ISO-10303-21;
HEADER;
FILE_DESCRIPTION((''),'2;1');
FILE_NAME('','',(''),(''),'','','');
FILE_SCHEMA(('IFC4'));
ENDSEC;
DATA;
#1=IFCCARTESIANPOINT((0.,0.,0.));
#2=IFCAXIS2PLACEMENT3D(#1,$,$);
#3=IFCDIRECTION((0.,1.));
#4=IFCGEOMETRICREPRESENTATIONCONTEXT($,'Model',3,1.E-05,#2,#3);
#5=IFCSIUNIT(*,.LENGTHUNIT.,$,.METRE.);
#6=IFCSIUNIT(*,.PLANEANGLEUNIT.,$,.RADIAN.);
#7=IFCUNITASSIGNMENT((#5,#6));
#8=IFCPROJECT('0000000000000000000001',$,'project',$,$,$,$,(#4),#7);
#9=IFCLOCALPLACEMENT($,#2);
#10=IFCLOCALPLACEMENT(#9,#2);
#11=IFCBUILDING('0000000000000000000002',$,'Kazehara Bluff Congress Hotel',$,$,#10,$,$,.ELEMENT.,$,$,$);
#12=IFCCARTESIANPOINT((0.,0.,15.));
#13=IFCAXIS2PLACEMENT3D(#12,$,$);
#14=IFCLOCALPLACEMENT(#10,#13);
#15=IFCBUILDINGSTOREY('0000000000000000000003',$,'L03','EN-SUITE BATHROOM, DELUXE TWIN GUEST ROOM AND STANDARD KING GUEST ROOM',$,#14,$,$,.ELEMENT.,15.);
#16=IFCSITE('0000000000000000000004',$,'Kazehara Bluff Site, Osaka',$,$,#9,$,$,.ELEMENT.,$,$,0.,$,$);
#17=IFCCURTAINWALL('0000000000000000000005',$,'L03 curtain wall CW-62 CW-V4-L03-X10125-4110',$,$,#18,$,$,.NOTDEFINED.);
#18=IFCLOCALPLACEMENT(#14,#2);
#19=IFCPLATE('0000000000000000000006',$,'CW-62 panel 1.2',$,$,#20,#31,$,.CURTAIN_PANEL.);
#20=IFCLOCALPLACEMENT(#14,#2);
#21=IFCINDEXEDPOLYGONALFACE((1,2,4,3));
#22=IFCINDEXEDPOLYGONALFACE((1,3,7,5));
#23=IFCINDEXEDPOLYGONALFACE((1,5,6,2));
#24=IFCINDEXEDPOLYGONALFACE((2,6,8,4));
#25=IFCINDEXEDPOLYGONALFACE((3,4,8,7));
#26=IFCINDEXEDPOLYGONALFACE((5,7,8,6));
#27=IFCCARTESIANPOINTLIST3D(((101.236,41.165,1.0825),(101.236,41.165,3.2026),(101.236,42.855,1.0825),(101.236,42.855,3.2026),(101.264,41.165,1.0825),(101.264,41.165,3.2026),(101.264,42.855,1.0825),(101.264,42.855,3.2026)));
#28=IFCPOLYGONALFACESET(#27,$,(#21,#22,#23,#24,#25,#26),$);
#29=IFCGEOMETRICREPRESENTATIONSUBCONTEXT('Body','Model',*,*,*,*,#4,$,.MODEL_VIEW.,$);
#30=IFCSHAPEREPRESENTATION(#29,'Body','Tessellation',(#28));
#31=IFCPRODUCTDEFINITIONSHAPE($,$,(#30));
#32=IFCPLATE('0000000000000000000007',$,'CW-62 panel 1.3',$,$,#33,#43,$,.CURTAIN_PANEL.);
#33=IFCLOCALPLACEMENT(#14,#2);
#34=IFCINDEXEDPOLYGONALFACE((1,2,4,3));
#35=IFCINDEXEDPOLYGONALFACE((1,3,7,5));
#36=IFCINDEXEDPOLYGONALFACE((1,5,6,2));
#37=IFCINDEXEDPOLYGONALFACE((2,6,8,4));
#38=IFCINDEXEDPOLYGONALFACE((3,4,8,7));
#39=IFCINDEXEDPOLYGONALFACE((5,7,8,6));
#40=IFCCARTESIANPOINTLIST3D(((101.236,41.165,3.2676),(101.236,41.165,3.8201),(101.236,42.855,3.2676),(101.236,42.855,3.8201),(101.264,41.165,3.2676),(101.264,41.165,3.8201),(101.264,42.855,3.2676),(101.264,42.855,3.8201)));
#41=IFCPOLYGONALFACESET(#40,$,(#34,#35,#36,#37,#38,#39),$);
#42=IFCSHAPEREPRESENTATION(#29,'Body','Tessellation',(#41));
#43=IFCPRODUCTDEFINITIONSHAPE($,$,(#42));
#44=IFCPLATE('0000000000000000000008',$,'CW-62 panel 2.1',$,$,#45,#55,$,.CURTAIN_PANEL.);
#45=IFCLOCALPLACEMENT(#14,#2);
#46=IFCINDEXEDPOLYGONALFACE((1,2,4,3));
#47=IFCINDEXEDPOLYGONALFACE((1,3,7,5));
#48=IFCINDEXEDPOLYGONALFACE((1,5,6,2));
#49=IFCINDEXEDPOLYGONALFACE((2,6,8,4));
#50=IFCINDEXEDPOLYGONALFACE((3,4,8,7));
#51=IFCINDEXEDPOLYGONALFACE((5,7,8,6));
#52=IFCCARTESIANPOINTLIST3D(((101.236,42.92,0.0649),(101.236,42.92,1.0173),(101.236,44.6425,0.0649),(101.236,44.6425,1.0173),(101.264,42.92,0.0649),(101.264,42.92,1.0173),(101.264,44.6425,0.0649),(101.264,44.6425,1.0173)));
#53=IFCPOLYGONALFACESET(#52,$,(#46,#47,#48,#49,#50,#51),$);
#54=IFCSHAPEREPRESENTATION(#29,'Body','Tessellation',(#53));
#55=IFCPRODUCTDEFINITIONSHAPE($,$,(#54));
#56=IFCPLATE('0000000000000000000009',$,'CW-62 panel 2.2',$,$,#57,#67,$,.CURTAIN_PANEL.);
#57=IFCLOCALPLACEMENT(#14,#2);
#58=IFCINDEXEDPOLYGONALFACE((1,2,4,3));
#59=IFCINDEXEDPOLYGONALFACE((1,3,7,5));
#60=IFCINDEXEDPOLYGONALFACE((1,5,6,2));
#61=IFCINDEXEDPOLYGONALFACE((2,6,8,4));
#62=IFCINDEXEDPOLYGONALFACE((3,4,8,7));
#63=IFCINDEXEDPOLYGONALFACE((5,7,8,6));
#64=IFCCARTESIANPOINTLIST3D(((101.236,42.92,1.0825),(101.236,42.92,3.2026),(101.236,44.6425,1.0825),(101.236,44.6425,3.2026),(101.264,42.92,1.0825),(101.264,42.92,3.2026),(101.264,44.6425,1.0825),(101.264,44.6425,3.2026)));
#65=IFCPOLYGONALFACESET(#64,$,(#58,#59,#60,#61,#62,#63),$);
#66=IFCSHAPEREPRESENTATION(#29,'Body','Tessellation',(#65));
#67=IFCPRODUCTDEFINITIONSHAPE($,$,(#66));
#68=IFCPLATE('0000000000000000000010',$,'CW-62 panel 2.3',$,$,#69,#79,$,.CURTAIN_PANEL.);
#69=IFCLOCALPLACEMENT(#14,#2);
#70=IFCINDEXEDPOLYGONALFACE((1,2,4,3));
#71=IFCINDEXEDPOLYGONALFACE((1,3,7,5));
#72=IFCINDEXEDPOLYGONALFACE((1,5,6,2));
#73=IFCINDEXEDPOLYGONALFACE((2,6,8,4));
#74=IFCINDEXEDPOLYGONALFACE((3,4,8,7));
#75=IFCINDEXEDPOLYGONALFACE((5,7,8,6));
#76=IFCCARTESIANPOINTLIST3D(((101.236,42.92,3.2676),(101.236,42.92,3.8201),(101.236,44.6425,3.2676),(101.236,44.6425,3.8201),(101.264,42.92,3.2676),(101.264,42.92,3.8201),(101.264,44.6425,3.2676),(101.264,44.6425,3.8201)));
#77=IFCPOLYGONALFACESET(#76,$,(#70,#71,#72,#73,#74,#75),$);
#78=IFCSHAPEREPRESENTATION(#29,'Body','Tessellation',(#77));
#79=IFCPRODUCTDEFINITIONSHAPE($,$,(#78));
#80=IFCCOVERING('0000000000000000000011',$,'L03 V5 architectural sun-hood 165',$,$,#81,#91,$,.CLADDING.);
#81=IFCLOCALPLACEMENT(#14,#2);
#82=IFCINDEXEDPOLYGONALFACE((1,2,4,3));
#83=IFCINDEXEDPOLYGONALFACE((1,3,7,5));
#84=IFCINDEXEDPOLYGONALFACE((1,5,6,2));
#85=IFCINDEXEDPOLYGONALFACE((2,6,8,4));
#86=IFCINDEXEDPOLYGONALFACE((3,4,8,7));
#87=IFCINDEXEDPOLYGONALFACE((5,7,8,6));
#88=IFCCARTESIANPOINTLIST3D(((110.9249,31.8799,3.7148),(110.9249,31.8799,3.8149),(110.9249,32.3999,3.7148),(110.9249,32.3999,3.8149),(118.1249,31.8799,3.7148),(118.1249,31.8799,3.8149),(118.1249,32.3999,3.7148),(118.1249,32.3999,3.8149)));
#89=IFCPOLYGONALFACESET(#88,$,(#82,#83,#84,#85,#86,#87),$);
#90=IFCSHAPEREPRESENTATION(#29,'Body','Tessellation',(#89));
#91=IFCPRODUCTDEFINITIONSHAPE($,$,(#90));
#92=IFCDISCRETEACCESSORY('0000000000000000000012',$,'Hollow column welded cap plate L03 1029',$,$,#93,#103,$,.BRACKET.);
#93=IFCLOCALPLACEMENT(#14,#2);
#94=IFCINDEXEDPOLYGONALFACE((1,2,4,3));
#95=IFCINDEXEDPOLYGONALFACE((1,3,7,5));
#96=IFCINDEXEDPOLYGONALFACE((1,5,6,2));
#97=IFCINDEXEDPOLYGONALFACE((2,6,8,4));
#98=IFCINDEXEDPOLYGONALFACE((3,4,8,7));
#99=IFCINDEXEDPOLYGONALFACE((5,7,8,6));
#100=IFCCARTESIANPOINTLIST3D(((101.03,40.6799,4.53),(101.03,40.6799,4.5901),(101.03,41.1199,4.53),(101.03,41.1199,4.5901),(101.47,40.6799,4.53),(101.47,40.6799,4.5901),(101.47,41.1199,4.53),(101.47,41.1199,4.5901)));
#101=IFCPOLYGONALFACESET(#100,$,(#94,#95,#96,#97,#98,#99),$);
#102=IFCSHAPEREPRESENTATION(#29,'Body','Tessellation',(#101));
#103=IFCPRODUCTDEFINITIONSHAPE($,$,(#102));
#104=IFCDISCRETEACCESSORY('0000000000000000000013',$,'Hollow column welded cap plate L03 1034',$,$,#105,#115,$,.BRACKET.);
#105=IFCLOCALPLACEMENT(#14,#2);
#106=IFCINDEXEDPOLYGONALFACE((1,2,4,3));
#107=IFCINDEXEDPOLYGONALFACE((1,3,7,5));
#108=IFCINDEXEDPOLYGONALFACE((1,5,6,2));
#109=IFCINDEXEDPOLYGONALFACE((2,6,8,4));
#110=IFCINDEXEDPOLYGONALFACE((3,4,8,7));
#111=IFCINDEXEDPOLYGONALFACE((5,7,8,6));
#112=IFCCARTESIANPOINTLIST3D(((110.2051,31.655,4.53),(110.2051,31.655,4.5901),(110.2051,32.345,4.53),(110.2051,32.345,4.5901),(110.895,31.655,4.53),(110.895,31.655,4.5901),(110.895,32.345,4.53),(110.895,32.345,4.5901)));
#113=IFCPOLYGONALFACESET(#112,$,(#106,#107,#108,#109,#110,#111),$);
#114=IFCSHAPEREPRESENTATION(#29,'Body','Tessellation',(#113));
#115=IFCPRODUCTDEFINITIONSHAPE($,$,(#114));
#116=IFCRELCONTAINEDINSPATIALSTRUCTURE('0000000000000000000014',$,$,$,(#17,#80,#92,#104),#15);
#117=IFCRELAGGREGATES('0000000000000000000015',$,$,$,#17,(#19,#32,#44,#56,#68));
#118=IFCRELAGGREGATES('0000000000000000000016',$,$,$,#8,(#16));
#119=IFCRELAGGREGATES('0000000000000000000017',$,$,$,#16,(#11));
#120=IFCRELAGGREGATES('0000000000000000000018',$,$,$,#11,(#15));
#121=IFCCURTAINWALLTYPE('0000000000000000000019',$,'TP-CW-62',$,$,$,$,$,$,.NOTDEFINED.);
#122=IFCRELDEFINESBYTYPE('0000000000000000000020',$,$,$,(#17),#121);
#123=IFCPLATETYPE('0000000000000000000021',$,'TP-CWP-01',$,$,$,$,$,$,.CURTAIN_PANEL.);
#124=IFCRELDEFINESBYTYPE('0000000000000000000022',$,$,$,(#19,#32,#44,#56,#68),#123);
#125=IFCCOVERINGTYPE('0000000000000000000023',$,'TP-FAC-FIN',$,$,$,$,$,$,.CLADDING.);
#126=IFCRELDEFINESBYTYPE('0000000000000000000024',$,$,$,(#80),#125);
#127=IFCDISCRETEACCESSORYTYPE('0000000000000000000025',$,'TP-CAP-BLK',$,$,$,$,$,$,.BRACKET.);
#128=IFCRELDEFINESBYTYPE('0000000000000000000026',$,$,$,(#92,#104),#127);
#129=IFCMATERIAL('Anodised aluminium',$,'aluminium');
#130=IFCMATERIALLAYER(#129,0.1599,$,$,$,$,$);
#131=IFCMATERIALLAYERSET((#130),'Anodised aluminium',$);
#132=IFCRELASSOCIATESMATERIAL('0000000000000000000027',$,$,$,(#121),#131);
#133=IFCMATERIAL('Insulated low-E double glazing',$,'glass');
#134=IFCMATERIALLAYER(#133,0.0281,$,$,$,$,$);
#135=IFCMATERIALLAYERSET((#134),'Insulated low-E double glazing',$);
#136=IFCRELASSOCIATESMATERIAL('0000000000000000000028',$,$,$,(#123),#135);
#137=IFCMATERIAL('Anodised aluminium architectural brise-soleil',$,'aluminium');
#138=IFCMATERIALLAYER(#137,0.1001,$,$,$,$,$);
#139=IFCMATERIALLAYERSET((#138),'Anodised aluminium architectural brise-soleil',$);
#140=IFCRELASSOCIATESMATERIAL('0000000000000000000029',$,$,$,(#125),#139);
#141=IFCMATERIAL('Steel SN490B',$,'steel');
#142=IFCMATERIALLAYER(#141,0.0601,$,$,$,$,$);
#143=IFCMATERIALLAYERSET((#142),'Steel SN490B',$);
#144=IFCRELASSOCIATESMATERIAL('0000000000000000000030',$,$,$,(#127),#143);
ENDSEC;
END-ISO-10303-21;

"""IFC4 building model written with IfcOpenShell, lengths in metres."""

from ifc_helpers import new_model, si_unit, direction, frame, origin, origin_2d, place, context, subcontext, project, spatial, rectangle, extrude, material, layer, layer_set, type_object, element, aggregate, save


model = new_model("IFC4")

# Units and contexts
model_context = context("Model", 3, precision=1e-05, world=origin(), true_north=direction((0.0, 1.0)))
body_context = subcontext(model_context, "Body", "Model", "MODEL_VIEW")
ifc_project = project(units=[si_unit("LENGTHUNIT", "METRE"), si_unit("PLANEANGLEUNIT", "RADIAN")], contexts=[model_context])

# Site, building, storey
site_placement = place(None, origin())
site = spatial("IfcSite", under=ifc_project, at=site_placement, Name="Kazehara Bluff Site, Osaka", CompositionType="ELEMENT", RefElevation=0.0)
building_placement = place(site_placement, origin())
building = spatial("IfcBuilding", under=site, at=building_placement, Name="Kazehara Bluff Congress Hotel", CompositionType="ELEMENT")
storey_placement = place(building_placement, frame((0.0, 0.0, 15.0)))
storey = spatial("IfcBuildingStorey", under=building, at=storey_placement, Name="L03", Description="EN-SUITE BATHROOM, DELUXE TWIN GUEST ROOM AND STANDARD KING GUEST ROOM", CompositionType="ELEMENT", Elevation=15.0)

# Curtain wall
ifc_material_1 = material(Name="Anodised aluminium", Category="aluminium")
ifc_layer_1 = layer(ifc_material_1, 0.1599)
ifc_layer_set_1 = layer_set([ifc_layer_1], Name="Anodised aluminium")
curtain_wall_type_1 = type_object("IfcCurtainWallType", Name="TP-CW-62", PredefinedType="NOTDEFINED", material=ifc_layer_set_1)
curtain_wall_1_placement = place(storey_placement, origin())
curtain_wall_1 = element("IfcCurtainWall", 1, at=curtain_wall_1_placement, inside=storey, type_object=curtain_wall_type_1, Name="L03 curtain wall CW-62 CW-V4-L03-X10125-4110", PredefinedType="NOTDEFINED")

# Plates
ifc_material_2 = material(Name="Insulated low-E double glazing", Category="glass")
ifc_layer_2 = layer(ifc_material_2, 0.0281)
ifc_layer_set_2 = layer_set([ifc_layer_2], Name="Insulated low-E double glazing")
plate_type = type_object("IfcPlateType", Name="TP-CWP-01", PredefinedType="CURTAIN_PANEL", material=ifc_layer_set_2)
plate_1_placement = place(storey_placement, frame((101.25, 42.01, 1.0825), z_axis=(0.0, 0.0, 1.0), x_axis=(0.0, 1.0, 0.0)))
plate_1 = element("IfcPlate", 2, at=plate_1_placement, type_object=plate_type, Name="CW-62 panel 1.2", PredefinedType="CURTAIN_PANEL", context=body_context, shape_type="SweptSolid", body=[
    extrude(rectangle(XDim=1.6899, YDim=0.0281, at=origin_2d()), origin(), (0.0, 0.0, 1.0), 2.1201),
])
plate_2_placement = place(storey_placement, frame((101.25, 42.01, 3.2676), z_axis=(0.0, 0.0, 1.0), x_axis=(0.0, 1.0, 0.0)))
plate_2 = element("IfcPlate", 3, at=plate_2_placement, type_object=plate_type, Name="CW-62 panel 1.3", PredefinedType="CURTAIN_PANEL", context=body_context, shape_type="SweptSolid", body=[
    extrude(rectangle(XDim=1.6899, YDim=0.0281, at=origin_2d()), origin(), (0.0, 0.0, 1.0), 0.5525),
])
plate_3_placement = place(storey_placement, frame((101.25, 43.7812, 0.0649), z_axis=(0.0, 0.0, 1.0), x_axis=(0.0, 1.0, 0.0)))
plate_3 = element("IfcPlate", 4, at=plate_3_placement, type_object=plate_type, Name="CW-62 panel 2.1", PredefinedType="CURTAIN_PANEL", context=body_context, shape_type="SweptSolid", body=[
    extrude(rectangle(XDim=1.7224, YDim=0.0281, at=origin_2d()), origin(), (0.0, 0.0, 1.0), 0.9524),
])
plate_4_placement = place(storey_placement, frame((101.25, 43.7812, 1.0825), z_axis=(0.0, 0.0, 1.0), x_axis=(0.0, 1.0, 0.0)))
plate_4 = element("IfcPlate", 5, at=plate_4_placement, type_object=plate_type, Name="CW-62 panel 2.2", PredefinedType="CURTAIN_PANEL", context=body_context, shape_type="SweptSolid", body=[
    extrude(rectangle(XDim=1.7224, YDim=0.0281, at=origin_2d()), origin(), (0.0, 0.0, 1.0), 2.1201),
])
plate_5_placement = place(storey_placement, frame((101.25, 43.7812, 3.2676), z_axis=(0.0, 0.0, 1.0), x_axis=(0.0, 1.0, 0.0)))
plate_5 = element("IfcPlate", 6, at=plate_5_placement, type_object=plate_type, Name="CW-62 panel 2.3", PredefinedType="CURTAIN_PANEL", context=body_context, shape_type="SweptSolid", body=[
    extrude(rectangle(XDim=1.7224, YDim=0.0281, at=origin_2d()), origin(), (0.0, 0.0, 1.0), 0.5525),
])
aggregate(curtain_wall_1, [plate_1, plate_2, plate_3, plate_4, plate_5])

# Covering
ifc_material_3 = material(Name="Anodised aluminium architectural brise-soleil", Category="aluminium")
ifc_layer_3 = layer(ifc_material_3, 0.1001)
ifc_layer_set_3 = layer_set([ifc_layer_3], Name="Anodised aluminium architectural brise-soleil")
covering_type = type_object("IfcCoveringType", Name="TP-FAC-FIN", PredefinedType="CLADDING", material=ifc_layer_set_3)
covering_placement = place(storey_placement, frame((114.5249, 32.1399, 3.7148), z_axis=(0.0, 0.0, 1.0), x_axis=(1.0, 0.0, 0.0)))
element("IfcCovering", 7, at=covering_placement, inside=storey, type_object=covering_type, Name="L03 V5 architectural sun-hood 165", PredefinedType="CLADDING", context=body_context, shape_type="SweptSolid", body=[
    extrude(rectangle(XDim=7.2, YDim=0.52, at=origin_2d()), origin(), (0.0, 0.0, 1.0), 0.1001),
])

# Discrete accessories
ifc_material_4 = material(Name="Steel SN490B", Category="steel")
ifc_layer_4 = layer(ifc_material_4, 0.0601)
ifc_layer_set_4 = layer_set([ifc_layer_4], Name="Steel SN490B")
discrete_accessory_type = type_object("IfcDiscreteAccessoryType", Name="TP-CAP-BLK", PredefinedType="BRACKET", material=ifc_layer_set_4)
discrete_accessory_1_placement = place(storey_placement, frame((101.25, 40.8999, 4.53), z_axis=(0.0, 0.0, 1.0), x_axis=(1.0, 0.0, 0.0)))
element("IfcDiscreteAccessory", 8, at=discrete_accessory_1_placement, inside=storey, type_object=discrete_accessory_type, Name="Hollow column welded cap plate L03 1029", PredefinedType="BRACKET", context=body_context, shape_type="SweptSolid", body=[
    extrude(rectangle(XDim=0.4399, YDim=0.4399, at=origin_2d()), origin(), (0.0, 0.0, 1.0), 0.0601),
])
discrete_accessory_2_placement = place(storey_placement, frame((110.55, 32.0, 4.53), z_axis=(0.0, 0.0, 1.0), x_axis=(1.0, 0.0, 0.0)))
element("IfcDiscreteAccessory", 9, at=discrete_accessory_2_placement, inside=storey, type_object=discrete_accessory_type, Name="Hollow column welded cap plate L03 1034", PredefinedType="BRACKET", context=body_context, shape_type="SweptSolid", body=[
    extrude(rectangle(XDim=0.6899, YDim=0.6899, at=origin_2d()), origin(), (0.0, 0.0, 1.0), 0.0601),
])

save(model, "model.ifc")
